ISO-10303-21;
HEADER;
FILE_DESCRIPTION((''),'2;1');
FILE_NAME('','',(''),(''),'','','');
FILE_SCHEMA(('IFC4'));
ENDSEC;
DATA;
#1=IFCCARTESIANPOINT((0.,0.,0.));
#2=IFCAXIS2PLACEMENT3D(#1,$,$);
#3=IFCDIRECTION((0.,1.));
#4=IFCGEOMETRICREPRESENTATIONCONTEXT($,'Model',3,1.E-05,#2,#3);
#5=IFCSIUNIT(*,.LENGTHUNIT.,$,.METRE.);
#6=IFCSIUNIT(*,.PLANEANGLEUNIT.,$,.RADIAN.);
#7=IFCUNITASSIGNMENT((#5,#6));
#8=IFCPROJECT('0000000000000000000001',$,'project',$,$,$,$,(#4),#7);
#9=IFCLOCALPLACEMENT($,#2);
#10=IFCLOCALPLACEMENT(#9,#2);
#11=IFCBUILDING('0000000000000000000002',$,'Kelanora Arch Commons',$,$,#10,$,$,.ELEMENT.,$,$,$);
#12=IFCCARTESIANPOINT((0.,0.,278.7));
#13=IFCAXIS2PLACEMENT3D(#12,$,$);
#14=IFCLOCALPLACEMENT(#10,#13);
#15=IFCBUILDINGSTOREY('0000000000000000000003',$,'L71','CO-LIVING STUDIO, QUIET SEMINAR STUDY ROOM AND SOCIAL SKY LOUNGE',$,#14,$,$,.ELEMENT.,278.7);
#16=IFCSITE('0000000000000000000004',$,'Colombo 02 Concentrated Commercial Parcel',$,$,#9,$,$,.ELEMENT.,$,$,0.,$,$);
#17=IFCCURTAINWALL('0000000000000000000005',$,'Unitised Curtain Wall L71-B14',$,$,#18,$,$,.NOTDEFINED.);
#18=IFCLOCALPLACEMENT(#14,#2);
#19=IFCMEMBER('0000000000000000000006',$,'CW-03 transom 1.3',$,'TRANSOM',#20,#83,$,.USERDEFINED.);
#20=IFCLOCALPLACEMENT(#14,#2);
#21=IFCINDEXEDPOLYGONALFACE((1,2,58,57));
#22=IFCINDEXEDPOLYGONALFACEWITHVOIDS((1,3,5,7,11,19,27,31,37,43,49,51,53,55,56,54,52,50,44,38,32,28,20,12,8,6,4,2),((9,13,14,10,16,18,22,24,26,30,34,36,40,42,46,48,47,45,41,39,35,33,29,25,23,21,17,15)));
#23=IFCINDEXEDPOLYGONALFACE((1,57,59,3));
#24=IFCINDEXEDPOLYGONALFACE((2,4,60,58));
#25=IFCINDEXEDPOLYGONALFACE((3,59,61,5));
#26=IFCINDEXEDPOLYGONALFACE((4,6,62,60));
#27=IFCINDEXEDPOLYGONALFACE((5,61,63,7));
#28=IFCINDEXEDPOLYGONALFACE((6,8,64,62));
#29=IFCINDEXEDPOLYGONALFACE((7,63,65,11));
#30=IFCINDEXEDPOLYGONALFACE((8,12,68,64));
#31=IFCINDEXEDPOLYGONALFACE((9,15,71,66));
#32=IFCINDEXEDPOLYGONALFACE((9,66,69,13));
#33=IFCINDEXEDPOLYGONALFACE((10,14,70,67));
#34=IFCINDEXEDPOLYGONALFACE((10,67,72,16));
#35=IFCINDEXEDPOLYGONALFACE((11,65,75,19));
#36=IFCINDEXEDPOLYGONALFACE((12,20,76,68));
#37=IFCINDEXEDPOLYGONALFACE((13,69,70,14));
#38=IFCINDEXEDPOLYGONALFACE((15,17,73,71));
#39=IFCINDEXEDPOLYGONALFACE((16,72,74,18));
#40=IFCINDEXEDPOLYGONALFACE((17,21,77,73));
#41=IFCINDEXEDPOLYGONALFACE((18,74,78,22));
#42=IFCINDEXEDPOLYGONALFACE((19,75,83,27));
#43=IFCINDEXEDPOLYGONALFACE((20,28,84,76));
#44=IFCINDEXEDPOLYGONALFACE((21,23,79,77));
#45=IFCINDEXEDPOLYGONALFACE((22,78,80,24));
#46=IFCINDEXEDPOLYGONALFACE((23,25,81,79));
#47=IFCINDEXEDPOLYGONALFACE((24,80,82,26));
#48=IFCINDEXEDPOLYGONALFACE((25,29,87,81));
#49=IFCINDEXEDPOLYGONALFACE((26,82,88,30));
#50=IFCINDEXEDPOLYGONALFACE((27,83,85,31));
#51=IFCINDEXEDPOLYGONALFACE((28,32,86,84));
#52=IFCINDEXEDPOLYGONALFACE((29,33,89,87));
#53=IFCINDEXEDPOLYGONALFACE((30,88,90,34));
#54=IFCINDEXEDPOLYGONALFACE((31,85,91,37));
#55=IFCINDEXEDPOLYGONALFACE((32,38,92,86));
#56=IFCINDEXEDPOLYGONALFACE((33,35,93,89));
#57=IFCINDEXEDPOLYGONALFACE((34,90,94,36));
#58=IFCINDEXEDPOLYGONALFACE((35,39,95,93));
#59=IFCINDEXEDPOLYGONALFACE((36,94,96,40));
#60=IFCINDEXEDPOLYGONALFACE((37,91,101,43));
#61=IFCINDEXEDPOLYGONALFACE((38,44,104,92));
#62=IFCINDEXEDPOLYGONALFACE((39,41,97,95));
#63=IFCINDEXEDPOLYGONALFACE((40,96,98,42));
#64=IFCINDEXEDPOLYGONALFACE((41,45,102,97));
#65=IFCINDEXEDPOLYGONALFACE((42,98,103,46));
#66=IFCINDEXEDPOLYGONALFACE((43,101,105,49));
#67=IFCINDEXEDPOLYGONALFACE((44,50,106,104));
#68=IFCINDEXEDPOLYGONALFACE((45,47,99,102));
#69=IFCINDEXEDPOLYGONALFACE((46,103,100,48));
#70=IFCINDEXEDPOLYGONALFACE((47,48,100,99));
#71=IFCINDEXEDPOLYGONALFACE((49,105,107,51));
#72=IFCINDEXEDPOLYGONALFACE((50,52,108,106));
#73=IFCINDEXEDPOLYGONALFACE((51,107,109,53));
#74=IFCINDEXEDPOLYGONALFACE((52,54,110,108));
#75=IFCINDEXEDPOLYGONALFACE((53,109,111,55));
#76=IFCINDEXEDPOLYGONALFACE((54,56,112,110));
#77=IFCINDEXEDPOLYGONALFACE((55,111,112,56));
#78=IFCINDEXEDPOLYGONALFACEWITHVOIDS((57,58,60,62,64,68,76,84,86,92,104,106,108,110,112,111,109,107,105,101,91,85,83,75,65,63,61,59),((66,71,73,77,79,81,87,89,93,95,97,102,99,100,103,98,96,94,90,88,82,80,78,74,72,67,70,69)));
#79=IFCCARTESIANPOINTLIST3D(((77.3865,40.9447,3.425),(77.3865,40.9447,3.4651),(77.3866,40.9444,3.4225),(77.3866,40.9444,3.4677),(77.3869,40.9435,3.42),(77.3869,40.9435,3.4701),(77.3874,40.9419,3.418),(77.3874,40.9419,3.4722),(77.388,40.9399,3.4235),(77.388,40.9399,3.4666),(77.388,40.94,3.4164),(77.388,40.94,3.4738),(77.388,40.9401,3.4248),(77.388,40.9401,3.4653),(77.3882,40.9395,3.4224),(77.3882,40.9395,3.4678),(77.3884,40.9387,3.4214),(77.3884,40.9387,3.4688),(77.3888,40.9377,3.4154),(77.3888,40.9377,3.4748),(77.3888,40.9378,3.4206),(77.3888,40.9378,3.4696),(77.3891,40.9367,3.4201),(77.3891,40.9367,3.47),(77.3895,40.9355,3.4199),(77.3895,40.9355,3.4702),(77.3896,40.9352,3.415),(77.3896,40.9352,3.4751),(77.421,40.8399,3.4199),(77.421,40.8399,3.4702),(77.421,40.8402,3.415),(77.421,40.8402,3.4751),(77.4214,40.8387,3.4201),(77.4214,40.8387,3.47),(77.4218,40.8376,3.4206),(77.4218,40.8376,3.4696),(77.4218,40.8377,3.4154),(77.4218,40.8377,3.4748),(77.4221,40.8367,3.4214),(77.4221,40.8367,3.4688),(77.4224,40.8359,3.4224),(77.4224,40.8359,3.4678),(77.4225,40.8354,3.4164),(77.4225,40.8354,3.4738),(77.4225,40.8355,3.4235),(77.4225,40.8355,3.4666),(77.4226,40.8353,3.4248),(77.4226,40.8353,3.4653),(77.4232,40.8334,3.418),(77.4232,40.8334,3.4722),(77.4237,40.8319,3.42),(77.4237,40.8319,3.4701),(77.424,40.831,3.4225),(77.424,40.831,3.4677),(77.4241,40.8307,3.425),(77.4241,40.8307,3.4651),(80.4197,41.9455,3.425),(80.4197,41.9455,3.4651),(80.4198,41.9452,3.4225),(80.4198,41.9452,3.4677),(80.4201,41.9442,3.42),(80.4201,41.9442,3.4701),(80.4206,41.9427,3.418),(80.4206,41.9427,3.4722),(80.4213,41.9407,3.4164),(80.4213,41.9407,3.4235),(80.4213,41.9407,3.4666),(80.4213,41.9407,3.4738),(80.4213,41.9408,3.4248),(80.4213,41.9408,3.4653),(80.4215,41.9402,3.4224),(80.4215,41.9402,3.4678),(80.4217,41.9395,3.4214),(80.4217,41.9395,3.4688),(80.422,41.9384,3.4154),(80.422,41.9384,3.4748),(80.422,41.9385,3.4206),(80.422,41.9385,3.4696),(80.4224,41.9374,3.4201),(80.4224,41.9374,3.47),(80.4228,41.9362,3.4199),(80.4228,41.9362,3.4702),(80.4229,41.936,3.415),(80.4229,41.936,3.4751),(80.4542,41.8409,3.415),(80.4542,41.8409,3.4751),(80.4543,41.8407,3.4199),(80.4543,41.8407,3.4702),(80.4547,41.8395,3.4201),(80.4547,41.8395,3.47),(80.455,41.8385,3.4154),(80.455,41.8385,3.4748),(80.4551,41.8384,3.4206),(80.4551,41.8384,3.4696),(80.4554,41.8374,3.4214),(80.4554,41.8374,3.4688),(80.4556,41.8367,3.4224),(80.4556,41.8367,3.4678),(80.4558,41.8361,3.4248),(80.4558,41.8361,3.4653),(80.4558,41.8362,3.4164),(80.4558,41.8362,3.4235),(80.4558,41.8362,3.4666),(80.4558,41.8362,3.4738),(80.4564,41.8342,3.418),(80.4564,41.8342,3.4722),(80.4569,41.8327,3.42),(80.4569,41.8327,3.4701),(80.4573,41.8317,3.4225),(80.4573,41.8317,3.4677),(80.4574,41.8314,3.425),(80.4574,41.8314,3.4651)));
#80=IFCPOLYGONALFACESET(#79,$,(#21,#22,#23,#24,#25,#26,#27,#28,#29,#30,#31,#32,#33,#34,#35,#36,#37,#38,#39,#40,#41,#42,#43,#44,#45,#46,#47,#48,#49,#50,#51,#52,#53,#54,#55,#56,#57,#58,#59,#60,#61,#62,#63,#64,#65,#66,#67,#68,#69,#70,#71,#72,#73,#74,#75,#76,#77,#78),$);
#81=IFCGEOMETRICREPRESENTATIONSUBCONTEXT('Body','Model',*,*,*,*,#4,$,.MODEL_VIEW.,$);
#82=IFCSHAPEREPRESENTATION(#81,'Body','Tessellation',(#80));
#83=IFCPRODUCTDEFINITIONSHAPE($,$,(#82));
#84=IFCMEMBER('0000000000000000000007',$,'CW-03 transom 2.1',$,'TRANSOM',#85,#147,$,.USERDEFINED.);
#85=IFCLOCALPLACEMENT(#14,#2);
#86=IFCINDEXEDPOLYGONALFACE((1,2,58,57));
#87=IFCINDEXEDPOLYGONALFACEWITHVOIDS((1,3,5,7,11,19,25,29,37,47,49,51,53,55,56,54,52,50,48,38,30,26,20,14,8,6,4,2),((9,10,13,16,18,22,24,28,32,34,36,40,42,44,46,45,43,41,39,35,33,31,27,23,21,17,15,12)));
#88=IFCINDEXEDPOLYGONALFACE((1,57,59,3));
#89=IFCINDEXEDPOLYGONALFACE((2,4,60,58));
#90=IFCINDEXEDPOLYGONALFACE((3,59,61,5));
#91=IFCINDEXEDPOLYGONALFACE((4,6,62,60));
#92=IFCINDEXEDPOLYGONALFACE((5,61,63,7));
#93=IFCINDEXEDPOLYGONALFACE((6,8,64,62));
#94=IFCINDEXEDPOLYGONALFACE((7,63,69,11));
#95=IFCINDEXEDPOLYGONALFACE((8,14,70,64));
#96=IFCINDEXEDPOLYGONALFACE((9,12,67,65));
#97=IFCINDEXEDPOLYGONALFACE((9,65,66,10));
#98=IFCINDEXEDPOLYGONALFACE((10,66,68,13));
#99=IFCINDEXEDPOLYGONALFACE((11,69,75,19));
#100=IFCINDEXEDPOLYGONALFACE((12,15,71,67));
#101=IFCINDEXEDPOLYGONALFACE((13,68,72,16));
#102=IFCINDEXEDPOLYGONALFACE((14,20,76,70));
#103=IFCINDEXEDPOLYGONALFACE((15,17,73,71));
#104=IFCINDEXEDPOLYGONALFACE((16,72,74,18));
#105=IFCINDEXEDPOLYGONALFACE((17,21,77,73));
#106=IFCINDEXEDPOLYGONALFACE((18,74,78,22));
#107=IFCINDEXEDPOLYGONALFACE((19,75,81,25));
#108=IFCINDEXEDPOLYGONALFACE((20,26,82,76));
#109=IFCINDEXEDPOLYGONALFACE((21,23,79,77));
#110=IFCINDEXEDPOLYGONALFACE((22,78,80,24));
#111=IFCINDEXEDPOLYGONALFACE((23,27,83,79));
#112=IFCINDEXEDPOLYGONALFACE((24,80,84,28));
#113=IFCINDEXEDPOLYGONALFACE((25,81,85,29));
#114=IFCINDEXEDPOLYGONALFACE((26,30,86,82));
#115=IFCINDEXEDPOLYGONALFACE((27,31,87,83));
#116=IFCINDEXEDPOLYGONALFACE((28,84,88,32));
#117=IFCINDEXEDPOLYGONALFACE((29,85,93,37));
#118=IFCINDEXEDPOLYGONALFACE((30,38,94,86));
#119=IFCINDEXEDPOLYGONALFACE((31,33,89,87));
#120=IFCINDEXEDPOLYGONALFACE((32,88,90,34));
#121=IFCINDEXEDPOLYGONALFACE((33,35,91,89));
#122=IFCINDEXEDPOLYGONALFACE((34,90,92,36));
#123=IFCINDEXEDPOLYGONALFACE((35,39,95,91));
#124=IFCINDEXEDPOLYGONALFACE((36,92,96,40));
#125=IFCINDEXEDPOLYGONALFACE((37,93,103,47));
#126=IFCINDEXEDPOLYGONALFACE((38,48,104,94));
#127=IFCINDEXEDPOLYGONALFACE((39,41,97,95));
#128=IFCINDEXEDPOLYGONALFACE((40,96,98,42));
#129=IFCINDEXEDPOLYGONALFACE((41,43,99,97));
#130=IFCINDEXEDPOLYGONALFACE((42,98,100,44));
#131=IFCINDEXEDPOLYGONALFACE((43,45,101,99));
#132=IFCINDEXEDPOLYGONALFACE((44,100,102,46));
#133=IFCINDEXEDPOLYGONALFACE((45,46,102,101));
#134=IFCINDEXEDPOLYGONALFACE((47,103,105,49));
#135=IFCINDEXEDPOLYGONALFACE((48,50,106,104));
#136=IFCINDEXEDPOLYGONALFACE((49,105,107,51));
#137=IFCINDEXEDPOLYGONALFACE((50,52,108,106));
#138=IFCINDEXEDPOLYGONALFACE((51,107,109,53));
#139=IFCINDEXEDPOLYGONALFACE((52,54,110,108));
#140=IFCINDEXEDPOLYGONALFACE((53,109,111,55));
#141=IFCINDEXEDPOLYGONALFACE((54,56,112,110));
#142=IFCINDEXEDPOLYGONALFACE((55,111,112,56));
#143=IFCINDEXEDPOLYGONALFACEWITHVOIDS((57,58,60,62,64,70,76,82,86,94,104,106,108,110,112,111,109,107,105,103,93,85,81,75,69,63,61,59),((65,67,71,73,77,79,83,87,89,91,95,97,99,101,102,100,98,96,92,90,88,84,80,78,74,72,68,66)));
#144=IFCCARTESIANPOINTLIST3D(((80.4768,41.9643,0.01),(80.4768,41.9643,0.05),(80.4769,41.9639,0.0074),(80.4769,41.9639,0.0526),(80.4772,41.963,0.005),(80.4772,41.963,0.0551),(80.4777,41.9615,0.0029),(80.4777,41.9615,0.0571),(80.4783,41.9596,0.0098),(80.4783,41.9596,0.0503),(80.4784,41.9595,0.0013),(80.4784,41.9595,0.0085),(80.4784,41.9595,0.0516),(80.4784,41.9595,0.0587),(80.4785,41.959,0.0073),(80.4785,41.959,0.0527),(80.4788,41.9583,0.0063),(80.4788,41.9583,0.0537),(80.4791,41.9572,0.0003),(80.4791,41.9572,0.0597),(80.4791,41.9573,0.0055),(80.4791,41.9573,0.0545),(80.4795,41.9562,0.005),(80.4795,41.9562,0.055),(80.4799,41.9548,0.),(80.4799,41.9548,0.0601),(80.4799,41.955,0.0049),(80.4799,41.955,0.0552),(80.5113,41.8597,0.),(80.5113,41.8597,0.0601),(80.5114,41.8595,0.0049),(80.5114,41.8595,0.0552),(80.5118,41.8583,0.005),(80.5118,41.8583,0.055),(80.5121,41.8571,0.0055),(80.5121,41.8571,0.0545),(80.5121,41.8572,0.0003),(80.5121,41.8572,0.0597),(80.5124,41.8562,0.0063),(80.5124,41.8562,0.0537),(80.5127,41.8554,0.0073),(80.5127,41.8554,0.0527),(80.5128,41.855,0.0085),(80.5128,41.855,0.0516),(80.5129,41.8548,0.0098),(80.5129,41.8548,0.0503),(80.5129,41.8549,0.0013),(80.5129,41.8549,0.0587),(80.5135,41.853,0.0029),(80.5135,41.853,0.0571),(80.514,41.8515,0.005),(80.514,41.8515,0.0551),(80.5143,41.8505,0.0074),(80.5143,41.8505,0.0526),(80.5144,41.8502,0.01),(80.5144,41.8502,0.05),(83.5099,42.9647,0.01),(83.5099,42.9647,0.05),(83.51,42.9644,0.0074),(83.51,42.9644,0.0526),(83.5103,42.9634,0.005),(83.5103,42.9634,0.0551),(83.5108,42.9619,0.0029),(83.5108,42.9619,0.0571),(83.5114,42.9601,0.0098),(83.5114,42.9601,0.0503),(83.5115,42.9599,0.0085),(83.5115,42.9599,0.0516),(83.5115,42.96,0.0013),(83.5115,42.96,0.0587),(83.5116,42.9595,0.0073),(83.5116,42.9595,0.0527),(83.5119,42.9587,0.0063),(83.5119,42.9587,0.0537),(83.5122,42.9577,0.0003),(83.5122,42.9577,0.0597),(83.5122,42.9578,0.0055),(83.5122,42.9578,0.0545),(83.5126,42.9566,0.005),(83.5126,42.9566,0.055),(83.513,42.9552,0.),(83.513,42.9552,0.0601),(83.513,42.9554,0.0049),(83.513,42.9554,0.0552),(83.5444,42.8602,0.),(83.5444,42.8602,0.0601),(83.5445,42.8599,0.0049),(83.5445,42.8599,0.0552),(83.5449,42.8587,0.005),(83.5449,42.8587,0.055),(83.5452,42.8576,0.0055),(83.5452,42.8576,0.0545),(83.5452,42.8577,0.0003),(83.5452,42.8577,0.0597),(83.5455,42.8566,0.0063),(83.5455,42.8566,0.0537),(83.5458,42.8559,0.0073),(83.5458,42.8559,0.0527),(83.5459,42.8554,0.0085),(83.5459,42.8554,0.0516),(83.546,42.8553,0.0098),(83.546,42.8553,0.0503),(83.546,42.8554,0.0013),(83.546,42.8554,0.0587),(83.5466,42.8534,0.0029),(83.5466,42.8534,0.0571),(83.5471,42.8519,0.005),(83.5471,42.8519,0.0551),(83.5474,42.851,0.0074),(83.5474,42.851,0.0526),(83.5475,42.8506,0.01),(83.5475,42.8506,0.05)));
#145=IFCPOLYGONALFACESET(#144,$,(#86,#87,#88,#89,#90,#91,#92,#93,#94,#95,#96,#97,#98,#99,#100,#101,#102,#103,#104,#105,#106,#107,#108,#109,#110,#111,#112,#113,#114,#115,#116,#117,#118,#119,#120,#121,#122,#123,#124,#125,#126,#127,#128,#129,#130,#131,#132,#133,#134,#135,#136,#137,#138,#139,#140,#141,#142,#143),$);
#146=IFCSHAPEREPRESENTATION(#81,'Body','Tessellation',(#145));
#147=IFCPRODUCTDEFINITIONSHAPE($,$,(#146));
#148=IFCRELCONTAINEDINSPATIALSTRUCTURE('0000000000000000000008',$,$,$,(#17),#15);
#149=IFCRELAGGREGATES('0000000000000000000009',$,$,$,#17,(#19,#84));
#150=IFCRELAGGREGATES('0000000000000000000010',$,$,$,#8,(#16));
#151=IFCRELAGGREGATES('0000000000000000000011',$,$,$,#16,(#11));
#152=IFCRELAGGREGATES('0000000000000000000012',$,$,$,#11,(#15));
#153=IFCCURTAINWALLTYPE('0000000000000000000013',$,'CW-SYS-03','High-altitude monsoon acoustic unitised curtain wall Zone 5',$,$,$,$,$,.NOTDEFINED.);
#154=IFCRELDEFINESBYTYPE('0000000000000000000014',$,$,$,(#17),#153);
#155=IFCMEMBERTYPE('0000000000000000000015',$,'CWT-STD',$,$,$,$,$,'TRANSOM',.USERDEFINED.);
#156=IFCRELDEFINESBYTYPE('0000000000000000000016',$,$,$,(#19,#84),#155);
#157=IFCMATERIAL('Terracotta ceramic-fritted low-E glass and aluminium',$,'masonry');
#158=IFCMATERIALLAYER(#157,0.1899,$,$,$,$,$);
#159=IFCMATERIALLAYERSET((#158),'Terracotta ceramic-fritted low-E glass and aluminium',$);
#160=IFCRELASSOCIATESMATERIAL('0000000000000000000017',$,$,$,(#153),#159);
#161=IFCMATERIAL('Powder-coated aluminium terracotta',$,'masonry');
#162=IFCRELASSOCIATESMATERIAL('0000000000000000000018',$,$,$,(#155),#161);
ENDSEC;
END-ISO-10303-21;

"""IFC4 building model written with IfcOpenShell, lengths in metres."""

from ifc_helpers import new_model, si_unit, direction, frame, origin, origin_2d, place, context, subcontext, project, spatial, hollow_rectangle, extrude, material, layer, layer_set, material_profile, profile_set, type_object, element, aggregate, save


model = new_model("IFC4")

# Units and contexts
model_context = context("Model", 3, precision=1e-05, world=origin(), true_north=direction((0.0, 1.0)))
body_context = subcontext(model_context, "Body", "Model", "MODEL_VIEW")
ifc_project = project(units=[si_unit("LENGTHUNIT", "METRE"), si_unit("PLANEANGLEUNIT", "RADIAN")], contexts=[model_context])

# Site, building, storey
site_placement = place(None, origin())
site = spatial("IfcSite", under=ifc_project, at=site_placement, Name="Colombo 02 Concentrated Commercial Parcel", CompositionType="ELEMENT", RefElevation=0.0)
building_placement = place(site_placement, origin())
building = spatial("IfcBuilding", under=site, at=building_placement, Name="Kelanora Arch Commons", CompositionType="ELEMENT")
storey_placement = place(building_placement, frame((0.0, 0.0, 278.7)))
storey = spatial("IfcBuildingStorey", under=building, at=storey_placement, Name="L71", Description="CO-LIVING STUDIO, QUIET SEMINAR STUDY ROOM AND SOCIAL SKY LOUNGE", CompositionType="ELEMENT", Elevation=278.7)

# Curtain wall, members
ifc_material_1 = material(Name="Terracotta ceramic-fritted low-E glass and aluminium", Category="masonry")
ifc_layer_1 = layer(ifc_material_1, 0.1899)
ifc_layer_set_1 = layer_set([ifc_layer_1], Name="Terracotta ceramic-fritted low-E glass and aluminium")
curtain_wall_type = type_object("IfcCurtainWallType", Name="CW-SYS-03", Description="High-altitude monsoon acoustic unitised curtain wall Zone 5", PredefinedType="NOTDEFINED", material=ifc_layer_set_1)
curtain_wall_placement = place(storey_placement, origin())
curtain_wall = element("IfcCurtainWall", 1, at=curtain_wall_placement, inside=storey, type_object=curtain_wall_type, Name="Unitised Curtain Wall L71-B14", PredefinedType="NOTDEFINED")
ifc_material_2 = material(Name="Powder-coated aluminium terracotta", Category="masonry")
ifc_material_profile_1 = material_profile(ifc_material_2, hollow_rectangle(XDim=0.1201, YDim=0.0601, WallThickness=0.0049, InnerFilletRadius=0.0049, OuterFilletRadius=0.01, at=origin_2d()), Name="CWT120x60")
ifc_profile_set_1 = profile_set([ifc_material_profile_1], Name="Powder-coated aluminium terracotta")
member_type_1 = type_object("IfcMemberType", Name="CWT-STD", ElementType="TRANSOM", PredefinedType="USERDEFINED", material=ifc_profile_set_1)
member_1_placement = place(storey_placement, frame((77.4053, 40.8877, 3.4451), z_axis=(0.94965, 0.313314, 0.0), x_axis=(-0.313314, 0.94965, 0.0)))
member_1 = element("IfcMember", 2, at=member_1_placement, type_object=member_type_1, Name="CW-03 transom 1.3", ObjectType="TRANSOM", PredefinedType="USERDEFINED", context=body_context, shape_type="SweptSolid", body=[
    extrude(hollow_rectangle(XDim=0.1201, YDim=0.0601, WallThickness=0.0049, InnerFilletRadius=0.0049, OuterFilletRadius=0.01, at=origin_2d()), origin(), (0.0, 0.0, 1.0), 3.1941),
])
member_2_placement = place(storey_placement, frame((80.4956, 41.9072, 0.03), z_axis=(0.949672, 0.313245, 0.0), x_axis=(-0.313245, 0.949672, 0.0)))
member_2 = element("IfcMember", 3, at=member_2_placement, type_object=member_type_1, Name="CW-03 transom 2.1", ObjectType="TRANSOM", PredefinedType="USERDEFINED", context=body_context, shape_type="SweptSolid", body=[
    extrude(hollow_rectangle(XDim=0.1201, YDim=0.0601, WallThickness=0.0049, InnerFilletRadius=0.0049, OuterFilletRadius=0.01, at=origin_2d()), origin(), (0.0, 0.0, 1.0), 3.1938),
])
aggregate(curtain_wall, [member_1, member_2])

save(model, "model.ifc")
